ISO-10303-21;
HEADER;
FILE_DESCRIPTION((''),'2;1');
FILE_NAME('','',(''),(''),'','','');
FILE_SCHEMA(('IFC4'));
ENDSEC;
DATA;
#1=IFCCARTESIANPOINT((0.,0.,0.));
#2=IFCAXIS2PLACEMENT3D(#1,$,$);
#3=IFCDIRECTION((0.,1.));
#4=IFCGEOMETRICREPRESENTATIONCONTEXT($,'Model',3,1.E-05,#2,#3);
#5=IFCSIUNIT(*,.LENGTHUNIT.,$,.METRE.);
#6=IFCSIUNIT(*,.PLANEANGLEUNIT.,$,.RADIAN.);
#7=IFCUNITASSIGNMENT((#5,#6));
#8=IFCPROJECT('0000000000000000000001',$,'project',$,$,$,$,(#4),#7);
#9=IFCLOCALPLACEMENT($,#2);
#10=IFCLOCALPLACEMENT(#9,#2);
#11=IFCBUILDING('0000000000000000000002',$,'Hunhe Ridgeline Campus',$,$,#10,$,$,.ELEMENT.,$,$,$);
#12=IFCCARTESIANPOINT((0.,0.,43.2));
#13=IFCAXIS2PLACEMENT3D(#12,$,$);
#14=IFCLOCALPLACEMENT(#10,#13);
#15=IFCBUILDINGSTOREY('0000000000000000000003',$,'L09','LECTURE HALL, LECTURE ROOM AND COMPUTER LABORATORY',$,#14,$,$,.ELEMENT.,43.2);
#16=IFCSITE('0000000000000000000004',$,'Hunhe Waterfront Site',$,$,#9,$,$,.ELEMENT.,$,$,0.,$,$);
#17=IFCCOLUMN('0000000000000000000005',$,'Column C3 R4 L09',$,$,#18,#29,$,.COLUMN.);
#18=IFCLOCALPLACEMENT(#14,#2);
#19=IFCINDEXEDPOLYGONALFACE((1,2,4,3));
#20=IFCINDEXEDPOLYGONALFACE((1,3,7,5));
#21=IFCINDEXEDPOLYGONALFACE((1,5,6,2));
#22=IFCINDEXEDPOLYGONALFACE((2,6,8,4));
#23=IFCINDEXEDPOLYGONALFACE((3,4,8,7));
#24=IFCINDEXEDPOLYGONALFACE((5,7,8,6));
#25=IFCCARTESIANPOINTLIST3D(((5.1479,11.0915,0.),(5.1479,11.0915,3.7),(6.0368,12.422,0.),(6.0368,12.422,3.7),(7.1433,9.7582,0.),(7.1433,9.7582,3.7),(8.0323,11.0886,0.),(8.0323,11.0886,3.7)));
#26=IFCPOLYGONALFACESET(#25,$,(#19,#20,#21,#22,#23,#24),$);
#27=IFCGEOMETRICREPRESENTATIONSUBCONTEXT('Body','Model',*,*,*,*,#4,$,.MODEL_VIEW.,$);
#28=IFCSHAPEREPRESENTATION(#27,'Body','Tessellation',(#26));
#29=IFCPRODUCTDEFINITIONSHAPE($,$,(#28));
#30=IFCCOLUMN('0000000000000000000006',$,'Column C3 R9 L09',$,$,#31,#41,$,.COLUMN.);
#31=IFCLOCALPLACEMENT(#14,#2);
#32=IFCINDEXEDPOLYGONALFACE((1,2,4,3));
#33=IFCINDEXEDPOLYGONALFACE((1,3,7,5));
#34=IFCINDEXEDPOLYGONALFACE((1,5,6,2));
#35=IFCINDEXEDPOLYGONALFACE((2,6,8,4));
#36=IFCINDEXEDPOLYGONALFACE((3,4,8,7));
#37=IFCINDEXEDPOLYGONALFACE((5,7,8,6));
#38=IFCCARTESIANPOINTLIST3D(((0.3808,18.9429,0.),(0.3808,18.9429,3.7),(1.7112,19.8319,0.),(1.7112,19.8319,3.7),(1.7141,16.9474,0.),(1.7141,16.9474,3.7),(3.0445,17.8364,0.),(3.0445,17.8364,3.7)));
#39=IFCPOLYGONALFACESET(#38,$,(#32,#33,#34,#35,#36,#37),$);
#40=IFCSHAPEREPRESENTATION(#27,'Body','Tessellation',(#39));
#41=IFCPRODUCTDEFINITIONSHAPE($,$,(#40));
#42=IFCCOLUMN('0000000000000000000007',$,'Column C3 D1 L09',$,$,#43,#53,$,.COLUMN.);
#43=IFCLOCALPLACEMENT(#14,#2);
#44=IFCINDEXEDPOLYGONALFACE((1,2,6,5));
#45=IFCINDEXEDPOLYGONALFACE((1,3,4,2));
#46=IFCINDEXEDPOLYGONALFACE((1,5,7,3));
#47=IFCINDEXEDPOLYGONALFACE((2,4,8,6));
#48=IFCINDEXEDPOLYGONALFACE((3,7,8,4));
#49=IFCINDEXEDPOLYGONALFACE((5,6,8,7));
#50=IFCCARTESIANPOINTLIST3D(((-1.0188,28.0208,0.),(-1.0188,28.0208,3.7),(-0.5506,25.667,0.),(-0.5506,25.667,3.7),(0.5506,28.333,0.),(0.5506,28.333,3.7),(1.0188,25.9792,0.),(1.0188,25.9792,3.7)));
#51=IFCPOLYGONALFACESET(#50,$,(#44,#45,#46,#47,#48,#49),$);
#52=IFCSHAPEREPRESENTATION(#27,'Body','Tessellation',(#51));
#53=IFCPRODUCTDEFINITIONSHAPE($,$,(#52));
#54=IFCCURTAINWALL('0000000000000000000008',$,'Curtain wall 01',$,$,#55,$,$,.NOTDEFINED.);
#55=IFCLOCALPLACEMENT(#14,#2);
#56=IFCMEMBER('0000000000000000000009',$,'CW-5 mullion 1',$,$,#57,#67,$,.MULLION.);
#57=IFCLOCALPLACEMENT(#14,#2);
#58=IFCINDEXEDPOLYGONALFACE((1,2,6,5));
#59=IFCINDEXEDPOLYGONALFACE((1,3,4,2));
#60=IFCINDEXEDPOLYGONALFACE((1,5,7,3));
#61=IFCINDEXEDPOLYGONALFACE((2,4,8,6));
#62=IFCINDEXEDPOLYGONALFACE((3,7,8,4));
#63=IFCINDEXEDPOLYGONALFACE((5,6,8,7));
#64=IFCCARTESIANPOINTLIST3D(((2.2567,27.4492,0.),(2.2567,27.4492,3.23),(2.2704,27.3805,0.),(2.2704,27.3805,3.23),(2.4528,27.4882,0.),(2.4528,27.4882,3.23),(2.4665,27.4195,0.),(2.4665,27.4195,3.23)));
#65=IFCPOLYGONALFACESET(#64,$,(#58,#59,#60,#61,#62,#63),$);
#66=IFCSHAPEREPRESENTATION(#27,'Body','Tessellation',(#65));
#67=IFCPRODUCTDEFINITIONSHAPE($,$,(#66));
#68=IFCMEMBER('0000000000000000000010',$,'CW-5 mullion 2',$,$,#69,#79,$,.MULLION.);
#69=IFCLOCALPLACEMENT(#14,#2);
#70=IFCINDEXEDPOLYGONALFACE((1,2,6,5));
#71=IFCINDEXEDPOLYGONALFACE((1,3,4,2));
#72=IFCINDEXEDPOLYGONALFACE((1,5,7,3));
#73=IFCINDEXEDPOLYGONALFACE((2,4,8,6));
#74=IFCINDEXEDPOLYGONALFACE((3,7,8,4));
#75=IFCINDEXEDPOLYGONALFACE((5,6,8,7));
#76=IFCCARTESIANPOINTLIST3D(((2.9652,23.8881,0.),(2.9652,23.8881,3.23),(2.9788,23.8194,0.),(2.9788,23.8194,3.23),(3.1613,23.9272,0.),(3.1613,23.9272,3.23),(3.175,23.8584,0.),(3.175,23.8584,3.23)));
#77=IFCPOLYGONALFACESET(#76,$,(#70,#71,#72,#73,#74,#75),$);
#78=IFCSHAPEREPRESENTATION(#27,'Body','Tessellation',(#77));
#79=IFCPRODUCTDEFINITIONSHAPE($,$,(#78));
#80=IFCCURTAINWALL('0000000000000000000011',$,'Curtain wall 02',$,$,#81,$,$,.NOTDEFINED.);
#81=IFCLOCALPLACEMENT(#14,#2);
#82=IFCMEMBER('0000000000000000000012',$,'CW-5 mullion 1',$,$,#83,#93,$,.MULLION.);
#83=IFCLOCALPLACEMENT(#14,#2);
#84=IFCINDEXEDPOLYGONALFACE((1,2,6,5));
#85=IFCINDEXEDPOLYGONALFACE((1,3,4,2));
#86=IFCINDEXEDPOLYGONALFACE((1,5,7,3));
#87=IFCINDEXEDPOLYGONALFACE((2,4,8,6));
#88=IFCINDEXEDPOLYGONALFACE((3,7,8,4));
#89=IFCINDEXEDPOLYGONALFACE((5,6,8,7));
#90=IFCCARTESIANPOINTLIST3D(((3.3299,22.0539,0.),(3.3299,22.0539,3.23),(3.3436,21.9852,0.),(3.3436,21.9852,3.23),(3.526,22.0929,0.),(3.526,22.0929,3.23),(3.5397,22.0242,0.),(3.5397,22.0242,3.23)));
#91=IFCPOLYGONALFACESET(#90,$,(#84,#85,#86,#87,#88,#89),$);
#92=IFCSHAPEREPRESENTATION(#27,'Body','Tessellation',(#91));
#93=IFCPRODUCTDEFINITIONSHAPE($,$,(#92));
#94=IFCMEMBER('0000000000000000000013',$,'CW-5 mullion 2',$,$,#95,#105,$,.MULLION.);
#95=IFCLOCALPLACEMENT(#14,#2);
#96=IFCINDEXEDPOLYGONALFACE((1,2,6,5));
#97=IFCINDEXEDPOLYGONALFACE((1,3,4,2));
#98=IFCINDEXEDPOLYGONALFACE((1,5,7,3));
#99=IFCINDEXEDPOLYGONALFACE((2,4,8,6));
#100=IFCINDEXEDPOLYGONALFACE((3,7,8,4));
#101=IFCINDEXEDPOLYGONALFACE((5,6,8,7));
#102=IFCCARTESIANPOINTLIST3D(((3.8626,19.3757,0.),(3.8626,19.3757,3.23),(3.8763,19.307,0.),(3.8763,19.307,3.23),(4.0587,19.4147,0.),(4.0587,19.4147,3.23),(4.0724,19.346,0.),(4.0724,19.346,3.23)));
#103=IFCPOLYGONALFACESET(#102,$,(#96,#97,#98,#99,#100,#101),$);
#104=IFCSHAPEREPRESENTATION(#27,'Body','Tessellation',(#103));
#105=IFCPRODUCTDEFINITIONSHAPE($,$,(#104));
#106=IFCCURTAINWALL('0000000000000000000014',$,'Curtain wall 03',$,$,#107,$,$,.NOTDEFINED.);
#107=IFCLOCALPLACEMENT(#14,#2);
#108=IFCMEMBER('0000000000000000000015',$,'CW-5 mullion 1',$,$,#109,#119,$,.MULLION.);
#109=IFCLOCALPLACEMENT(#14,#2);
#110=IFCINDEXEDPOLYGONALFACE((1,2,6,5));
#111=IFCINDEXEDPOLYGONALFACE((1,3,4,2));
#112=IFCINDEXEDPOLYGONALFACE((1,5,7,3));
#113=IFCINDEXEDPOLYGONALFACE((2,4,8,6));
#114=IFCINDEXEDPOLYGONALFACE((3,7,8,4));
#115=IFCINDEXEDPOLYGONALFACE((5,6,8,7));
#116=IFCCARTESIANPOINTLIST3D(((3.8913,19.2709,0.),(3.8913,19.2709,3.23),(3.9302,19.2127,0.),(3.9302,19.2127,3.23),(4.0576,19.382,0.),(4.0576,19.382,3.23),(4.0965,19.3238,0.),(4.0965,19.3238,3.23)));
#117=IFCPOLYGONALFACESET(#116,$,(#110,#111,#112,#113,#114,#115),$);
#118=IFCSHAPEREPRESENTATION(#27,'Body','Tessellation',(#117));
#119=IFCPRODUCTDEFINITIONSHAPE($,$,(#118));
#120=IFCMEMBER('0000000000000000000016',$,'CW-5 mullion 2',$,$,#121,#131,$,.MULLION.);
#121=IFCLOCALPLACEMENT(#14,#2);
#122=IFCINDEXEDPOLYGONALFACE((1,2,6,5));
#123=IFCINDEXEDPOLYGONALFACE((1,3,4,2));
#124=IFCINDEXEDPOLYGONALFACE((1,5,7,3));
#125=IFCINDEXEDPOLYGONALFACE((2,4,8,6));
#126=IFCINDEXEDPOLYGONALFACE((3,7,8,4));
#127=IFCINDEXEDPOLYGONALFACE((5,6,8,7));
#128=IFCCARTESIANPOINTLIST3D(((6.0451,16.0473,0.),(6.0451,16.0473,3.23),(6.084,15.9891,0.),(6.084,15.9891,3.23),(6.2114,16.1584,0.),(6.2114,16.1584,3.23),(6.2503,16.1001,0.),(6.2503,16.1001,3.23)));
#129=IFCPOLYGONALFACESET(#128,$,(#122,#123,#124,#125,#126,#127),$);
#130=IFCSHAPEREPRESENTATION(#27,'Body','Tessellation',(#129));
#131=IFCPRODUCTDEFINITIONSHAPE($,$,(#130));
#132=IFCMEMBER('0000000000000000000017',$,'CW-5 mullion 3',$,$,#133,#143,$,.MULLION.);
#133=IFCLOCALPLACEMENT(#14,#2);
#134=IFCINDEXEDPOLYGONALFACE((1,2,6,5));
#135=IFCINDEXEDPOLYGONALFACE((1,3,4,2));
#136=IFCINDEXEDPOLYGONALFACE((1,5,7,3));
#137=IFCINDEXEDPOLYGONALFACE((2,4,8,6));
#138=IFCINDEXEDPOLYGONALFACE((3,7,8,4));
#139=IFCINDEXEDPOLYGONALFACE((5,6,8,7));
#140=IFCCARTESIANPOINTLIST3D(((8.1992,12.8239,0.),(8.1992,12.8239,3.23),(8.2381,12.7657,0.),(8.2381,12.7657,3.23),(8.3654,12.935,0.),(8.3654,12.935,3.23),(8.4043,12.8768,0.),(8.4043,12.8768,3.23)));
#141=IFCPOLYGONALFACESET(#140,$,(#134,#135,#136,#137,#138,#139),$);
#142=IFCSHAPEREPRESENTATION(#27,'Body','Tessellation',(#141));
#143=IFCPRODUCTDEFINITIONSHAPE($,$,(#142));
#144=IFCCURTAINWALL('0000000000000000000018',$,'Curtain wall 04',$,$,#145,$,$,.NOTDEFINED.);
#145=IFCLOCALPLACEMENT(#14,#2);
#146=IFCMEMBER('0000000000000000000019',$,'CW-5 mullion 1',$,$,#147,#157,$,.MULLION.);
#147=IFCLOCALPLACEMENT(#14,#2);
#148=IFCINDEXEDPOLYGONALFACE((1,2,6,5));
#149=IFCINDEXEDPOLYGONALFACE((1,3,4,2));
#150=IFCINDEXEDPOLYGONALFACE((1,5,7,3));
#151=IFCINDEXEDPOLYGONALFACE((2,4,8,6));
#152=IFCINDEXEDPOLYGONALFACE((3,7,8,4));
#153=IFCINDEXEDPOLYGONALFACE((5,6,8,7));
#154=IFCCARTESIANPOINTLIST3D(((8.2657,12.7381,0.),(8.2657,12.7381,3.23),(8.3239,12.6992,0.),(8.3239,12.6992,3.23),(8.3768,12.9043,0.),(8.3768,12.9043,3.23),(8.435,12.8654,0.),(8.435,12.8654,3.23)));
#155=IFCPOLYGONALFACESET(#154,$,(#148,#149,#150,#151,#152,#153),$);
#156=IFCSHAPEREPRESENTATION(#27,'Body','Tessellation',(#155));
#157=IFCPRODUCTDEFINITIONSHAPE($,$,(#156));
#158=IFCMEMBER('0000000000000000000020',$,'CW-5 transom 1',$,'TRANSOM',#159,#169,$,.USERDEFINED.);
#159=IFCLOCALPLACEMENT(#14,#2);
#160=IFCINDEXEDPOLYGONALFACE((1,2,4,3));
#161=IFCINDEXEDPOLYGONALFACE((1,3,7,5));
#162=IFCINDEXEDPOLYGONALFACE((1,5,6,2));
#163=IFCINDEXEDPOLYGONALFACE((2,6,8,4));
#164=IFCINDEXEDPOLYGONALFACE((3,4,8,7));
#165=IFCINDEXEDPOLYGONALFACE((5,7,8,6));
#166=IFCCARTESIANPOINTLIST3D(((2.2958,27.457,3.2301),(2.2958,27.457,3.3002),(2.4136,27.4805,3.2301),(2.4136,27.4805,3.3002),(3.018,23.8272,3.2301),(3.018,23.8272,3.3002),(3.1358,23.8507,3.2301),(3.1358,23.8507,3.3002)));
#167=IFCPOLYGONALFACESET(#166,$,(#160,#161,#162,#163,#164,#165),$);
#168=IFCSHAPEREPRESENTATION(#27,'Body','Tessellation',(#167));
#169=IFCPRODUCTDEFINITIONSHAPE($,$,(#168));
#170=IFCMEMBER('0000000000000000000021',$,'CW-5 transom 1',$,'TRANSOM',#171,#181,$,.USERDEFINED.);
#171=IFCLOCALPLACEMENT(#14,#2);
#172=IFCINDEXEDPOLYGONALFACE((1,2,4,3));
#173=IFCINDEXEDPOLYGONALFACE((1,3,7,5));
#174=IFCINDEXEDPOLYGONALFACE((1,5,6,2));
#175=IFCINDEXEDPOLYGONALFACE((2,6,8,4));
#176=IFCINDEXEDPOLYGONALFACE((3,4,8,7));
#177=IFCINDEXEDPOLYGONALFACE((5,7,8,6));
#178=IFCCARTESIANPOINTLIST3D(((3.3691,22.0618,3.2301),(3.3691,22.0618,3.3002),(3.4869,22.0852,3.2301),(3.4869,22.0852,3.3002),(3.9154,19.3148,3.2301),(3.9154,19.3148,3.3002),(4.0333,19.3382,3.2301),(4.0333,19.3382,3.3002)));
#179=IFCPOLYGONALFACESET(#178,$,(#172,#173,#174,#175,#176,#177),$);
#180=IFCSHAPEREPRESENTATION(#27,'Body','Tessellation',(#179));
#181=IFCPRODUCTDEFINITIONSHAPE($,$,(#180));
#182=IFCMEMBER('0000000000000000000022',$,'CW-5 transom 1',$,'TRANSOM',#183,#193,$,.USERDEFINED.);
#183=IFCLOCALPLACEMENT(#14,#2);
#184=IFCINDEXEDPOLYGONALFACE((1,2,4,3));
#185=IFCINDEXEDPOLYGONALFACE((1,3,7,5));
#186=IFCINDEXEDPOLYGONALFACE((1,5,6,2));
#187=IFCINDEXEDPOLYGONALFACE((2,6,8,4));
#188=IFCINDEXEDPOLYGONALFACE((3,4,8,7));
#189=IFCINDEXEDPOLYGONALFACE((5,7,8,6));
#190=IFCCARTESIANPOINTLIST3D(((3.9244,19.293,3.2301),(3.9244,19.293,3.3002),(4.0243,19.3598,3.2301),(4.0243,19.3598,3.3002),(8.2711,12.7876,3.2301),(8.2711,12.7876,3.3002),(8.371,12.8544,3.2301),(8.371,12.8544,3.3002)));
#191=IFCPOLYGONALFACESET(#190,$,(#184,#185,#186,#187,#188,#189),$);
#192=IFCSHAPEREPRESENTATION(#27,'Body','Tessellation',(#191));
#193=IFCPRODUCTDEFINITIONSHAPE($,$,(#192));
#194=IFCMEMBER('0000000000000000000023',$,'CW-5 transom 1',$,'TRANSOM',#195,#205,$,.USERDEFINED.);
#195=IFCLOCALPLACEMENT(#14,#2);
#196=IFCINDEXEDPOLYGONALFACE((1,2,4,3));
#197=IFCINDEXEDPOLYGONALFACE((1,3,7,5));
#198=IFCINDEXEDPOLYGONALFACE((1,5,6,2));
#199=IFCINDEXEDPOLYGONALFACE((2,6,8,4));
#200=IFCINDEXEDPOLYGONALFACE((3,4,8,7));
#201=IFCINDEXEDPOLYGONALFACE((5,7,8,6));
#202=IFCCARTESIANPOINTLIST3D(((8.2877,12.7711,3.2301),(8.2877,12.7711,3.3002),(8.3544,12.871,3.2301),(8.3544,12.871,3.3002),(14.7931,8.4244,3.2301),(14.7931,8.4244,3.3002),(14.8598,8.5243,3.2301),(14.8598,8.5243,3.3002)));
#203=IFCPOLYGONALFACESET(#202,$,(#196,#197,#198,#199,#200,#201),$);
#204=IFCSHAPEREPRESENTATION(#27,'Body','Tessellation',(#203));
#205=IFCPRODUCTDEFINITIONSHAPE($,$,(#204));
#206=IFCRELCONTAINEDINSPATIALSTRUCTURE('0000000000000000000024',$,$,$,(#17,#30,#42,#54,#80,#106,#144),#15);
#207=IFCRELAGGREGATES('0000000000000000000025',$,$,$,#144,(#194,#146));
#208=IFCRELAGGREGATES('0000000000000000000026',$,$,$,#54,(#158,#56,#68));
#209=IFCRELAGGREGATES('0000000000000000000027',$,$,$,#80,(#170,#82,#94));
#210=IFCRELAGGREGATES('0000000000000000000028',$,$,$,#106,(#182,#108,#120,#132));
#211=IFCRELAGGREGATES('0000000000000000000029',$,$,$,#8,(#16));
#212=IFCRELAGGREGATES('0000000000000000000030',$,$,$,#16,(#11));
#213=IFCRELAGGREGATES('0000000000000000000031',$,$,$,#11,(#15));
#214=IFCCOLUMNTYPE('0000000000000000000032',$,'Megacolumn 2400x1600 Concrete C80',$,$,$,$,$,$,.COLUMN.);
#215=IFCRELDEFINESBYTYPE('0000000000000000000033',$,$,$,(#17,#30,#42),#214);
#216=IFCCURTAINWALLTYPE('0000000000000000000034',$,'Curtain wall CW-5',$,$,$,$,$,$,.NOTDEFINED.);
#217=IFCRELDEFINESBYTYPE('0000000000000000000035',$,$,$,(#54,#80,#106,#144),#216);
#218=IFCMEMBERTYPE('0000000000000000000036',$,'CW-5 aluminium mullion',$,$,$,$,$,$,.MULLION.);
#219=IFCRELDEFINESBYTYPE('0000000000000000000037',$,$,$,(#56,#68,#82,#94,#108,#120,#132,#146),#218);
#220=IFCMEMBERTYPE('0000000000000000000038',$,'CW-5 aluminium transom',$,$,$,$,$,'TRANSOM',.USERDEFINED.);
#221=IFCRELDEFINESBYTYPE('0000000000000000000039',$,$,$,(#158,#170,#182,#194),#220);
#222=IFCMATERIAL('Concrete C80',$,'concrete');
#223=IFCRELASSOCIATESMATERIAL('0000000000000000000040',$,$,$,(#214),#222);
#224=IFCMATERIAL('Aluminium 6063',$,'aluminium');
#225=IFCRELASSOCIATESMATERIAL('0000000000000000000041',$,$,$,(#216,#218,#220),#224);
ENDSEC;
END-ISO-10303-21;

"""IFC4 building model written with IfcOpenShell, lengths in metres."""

from ifc_helpers import new_model, si_unit, direction, frame, origin, origin_2d, place, context, subcontext, project, spatial, rectangle, extrude, material, material_profile, profile_set, type_object, element, aggregate, save


model = new_model("IFC4")

# Units and contexts
model_context = context("Model", 3, precision=1e-05, world=origin(), true_north=direction((0.0, 1.0)))
body_context = subcontext(model_context, "Body", "Model", "MODEL_VIEW")
ifc_project = project(units=[si_unit("LENGTHUNIT", "METRE"), si_unit("PLANEANGLEUNIT", "RADIAN")], contexts=[model_context])

# Site, building, storey
site_placement = place(None, origin())
site = spatial("IfcSite", under=ifc_project, at=site_placement, Name="Hunhe Waterfront Site", CompositionType="ELEMENT", RefElevation=0.0)
building_placement = place(site_placement, origin())
building = spatial("IfcBuilding", under=site, at=building_placement, Name="Hunhe Ridgeline Campus", CompositionType="ELEMENT")
storey_placement = place(building_placement, frame((0.0, 0.0, 43.2)))
storey = spatial("IfcBuildingStorey", under=building, at=storey_placement, Name="L09", Description="LECTURE HALL, LECTURE ROOM AND COMPUTER LABORATORY", CompositionType="ELEMENT", Elevation=43.2)

# Columns
ifc_material_1 = material(Name="Concrete C80", Category="concrete")
ifc_material_profile_1 = material_profile(ifc_material_1, rectangle(XDim=2.3999, YDim=1.6001, at=origin_2d()))
ifc_profile_set_1 = profile_set([ifc_material_profile_1], Name="Concrete C80")
column_type = type_object("IfcColumnType", Name="Megacolumn 2400x1600 Concrete C80", PredefinedType="COLUMN", material=ifc_profile_set_1)
for number, where, z_axis, x_axis, name in (
    (1, (6.5901, 11.0901, 0.0), (0.0, 0.0, 1.0), (-0.83147, 0.55557, 0.0), "Column C3 R4 L09"),
    (2, (1.7126, 18.3896, 0.0), (0.0, 0.0, 1.0), (-0.55557, 0.83147, 0.0), "Column C3 R9 L09"),
    (3, (0.0, 27.0, 0.0), (0.0, 0.0, 1.0), (-0.19509, 0.980785, 0.0), "Column C3 D1 L09"),
):
    element("IfcColumn", number, at=place(storey_placement, frame(where, z_axis=z_axis, x_axis=x_axis)), inside=storey, type_object=column_type, Name=name, PredefinedType="COLUMN", context=body_context, shape_type="SweptSolid", body=[
        extrude(rectangle(XDim=2.3999, YDim=1.6001, at=origin_2d()), origin(), (0.0, 0.0, 1.0), 3.7),
    ])

# Curtain walls, members
ifc_material_2 = material(Name="Aluminium 6063", Category="aluminium")
curtain_wall_type = type_object("IfcCurtainWallType", Name="Curtain wall CW-5", PredefinedType="NOTDEFINED", material=ifc_material_2)
curtain_wall_1_placement = place(storey_placement, origin())
curtain_wall_1 = element("IfcCurtainWall", 4, at=curtain_wall_1_placement, inside=storey, type_object=curtain_wall_type, Name="Curtain wall 01", PredefinedType="NOTDEFINED")
ifc_material_profile_2 = material_profile(ifc_material_2, rectangle(XDim=0.2, YDim=0.0701, at=origin_2d()))
ifc_profile_set_2 = profile_set([ifc_material_profile_2], Name="Aluminium 6063")
member_type_1 = type_object("IfcMemberType", Name="CW-5 aluminium mullion", PredefinedType="MULLION", material=ifc_profile_set_2)
member_1_placement = place(storey_placement, frame((2.3616, 27.4343, 0.0), z_axis=(0.0, 0.0, 1.0), x_axis=(0.980784, 0.195095, 0.0)))
member_1 = element("IfcMember", 5, at=member_1_placement, type_object=member_type_1, Name="CW-5 mullion 1", PredefinedType="MULLION", context=body_context, shape_type="SweptSolid", body=[
    extrude(rectangle(XDim=0.2, YDim=0.0701, at=origin_2d()), origin(), (0.0, 0.0, 1.0), 3.23),
])
member_2_placement = place(storey_placement, frame((3.0701, 23.8733, 0.0), z_axis=(0.0, 0.0, 1.0), x_axis=(0.980784, 0.195095, 0.0)))
member_2 = element("IfcMember", 6, at=member_2_placement, type_object=member_type_1, Name="CW-5 mullion 2", PredefinedType="MULLION", context=body_context, shape_type="SweptSolid", body=[
    extrude(rectangle(XDim=0.2, YDim=0.0701, at=origin_2d()), origin(), (0.0, 0.0, 1.0), 3.23),
])
curtain_wall_2_placement = place(storey_placement, origin())
curtain_wall_2 = element("IfcCurtainWall", 7, at=curtain_wall_2_placement, inside=storey, type_object=curtain_wall_type, Name="Curtain wall 02", PredefinedType="NOTDEFINED")
member_3_placement = place(storey_placement, frame((3.4348, 22.0391, 0.0), z_axis=(0.0, 0.0, 1.0), x_axis=(0.980784, 0.195095, 0.0)))
member_3 = element("IfcMember", 8, at=member_3_placement, type_object=member_type_1, Name="CW-5 mullion 1", PredefinedType="MULLION", context=body_context, shape_type="SweptSolid", body=[
    extrude(rectangle(XDim=0.2, YDim=0.0701, at=origin_2d()), origin(), (0.0, 0.0, 1.0), 3.23),
])
member_4_placement = place(storey_placement, frame((3.9675, 19.3608, 0.0), z_axis=(0.0, 0.0, 1.0), x_axis=(0.980784, 0.195095, 0.0)))
member_4 = element("IfcMember", 9, at=member_4_placement, type_object=member_type_1, Name="CW-5 mullion 2", PredefinedType="MULLION", context=body_context, shape_type="SweptSolid", body=[
    extrude(rectangle(XDim=0.2, YDim=0.0701, at=origin_2d()), origin(), (0.0, 0.0, 1.0), 3.23),
])
curtain_wall_3_placement = place(storey_placement, origin())
curtain_wall_3 = element("IfcCurtainWall", 10, at=curtain_wall_3_placement, inside=storey, type_object=curtain_wall_type, Name="Curtain wall 03", PredefinedType="NOTDEFINED")
member_5_placement = place(storey_placement, frame((3.9939, 19.2974, 0.0), z_axis=(0.0, 0.0, 1.0), x_axis=(0.83147, 0.55557, 0.0)))
member_5 = element("IfcMember", 11, at=member_5_placement, type_object=member_type_1, Name="CW-5 mullion 1", PredefinedType="MULLION", context=body_context, shape_type="SweptSolid", body=[
    extrude(rectangle(XDim=0.2, YDim=0.0701, at=origin_2d()), origin(), (0.0, 0.0, 1.0), 3.23),
])
member_6_placement = place(storey_placement, frame((6.1477, 16.0737, 0.0), z_axis=(0.0, 0.0, 1.0), x_axis=(0.83147, 0.55557, 0.0)))
member_6 = element("IfcMember", 12, at=member_6_placement, type_object=member_type_1, Name="CW-5 mullion 2", PredefinedType="MULLION", context=body_context, shape_type="SweptSolid", body=[
    extrude(rectangle(XDim=0.2, YDim=0.0701, at=origin_2d()), origin(), (0.0, 0.0, 1.0), 3.23),
])
member_7_placement = place(storey_placement, frame((8.3018, 12.8503, 0.0), z_axis=(0.0, 0.0, 1.0), x_axis=(0.83147, 0.55557, 0.0)))
member_7 = element("IfcMember", 13, at=member_7_placement, type_object=member_type_1, Name="CW-5 mullion 3", PredefinedType="MULLION", context=body_context, shape_type="SweptSolid", body=[
    extrude(rectangle(XDim=0.2, YDim=0.0701, at=origin_2d()), origin(), (0.0, 0.0, 1.0), 3.23),
])

# Curtain wall, member
curtain_wall_4_placement = place(storey_placement, origin())
curtain_wall_4 = element("IfcCurtainWall", 14, at=curtain_wall_4_placement, inside=storey, type_object=curtain_wall_type, Name="Curtain wall 04", PredefinedType="NOTDEFINED")
member_8_placement = place(storey_placement, frame((8.3503, 12.8018, 0.0), z_axis=(0.0, 0.0, 1.0), x_axis=(0.55557, 0.83147, 0.0)))
member_8 = element("IfcMember", 15, at=member_8_placement, type_object=member_type_1, Name="CW-5 mullion 1", PredefinedType="MULLION", context=body_context, shape_type="SweptSolid", body=[
    extrude(rectangle(XDim=0.2, YDim=0.0701, at=origin_2d()), origin(), (0.0, 0.0, 1.0), 3.23),
])

# Members
ifc_material_profile_3 = material_profile(ifc_material_2, rectangle(XDim=0.1201, YDim=0.0701, at=origin_2d()))
ifc_profile_set_3 = profile_set([ifc_material_profile_3], Name="Aluminium 6063")
member_type_2 = type_object("IfcMemberType", Name="CW-5 aluminium transom", ElementType="TRANSOM", PredefinedType="USERDEFINED", material=ifc_profile_set_3)
member_9_placement = place(storey_placement, frame((2.3547, 27.4688, 3.2651), z_axis=(0.195127, -0.980778, 0.0), x_axis=(0.980778, 0.195127, 0.0)))
member_9 = element("IfcMember", 16, at=member_9_placement, type_object=member_type_2, Name="CW-5 transom 1", ObjectType="TRANSOM", PredefinedType="USERDEFINED", context=body_context, shape_type="SweptSolid", body=[
    extrude(rectangle(XDim=0.1201, YDim=0.0701, at=origin_2d()), origin(), (0.0, 0.0, 1.0), 3.7009),
])
member_10_placement = place(storey_placement, frame((3.428, 22.0735, 3.2651), z_axis=(0.195077, -0.980788, 0.0), x_axis=(0.980788, 0.195077, 0.0)))
member_10 = element("IfcMember", 17, at=member_10_placement, type_object=member_type_2, Name="CW-5 transom 1", ObjectType="TRANSOM", PredefinedType="USERDEFINED", context=body_context, shape_type="SweptSolid", body=[
    extrude(rectangle(XDim=0.1201, YDim=0.0701, at=origin_2d()), origin(), (0.0, 0.0, 1.0), 2.8008),
])
member_11_placement = place(storey_placement, frame((3.9744, 19.3264, 3.2651), z_axis=(0.555564, -0.831474, 0.0), x_axis=(0.831474, 0.555564, 0.0)))
member_11 = element("IfcMember", 18, at=member_11_placement, type_object=member_type_2, Name="CW-5 transom 1", ObjectType="TRANSOM", PredefinedType="USERDEFINED", context=body_context, shape_type="SweptSolid", body=[
    extrude(rectangle(XDim=0.1201, YDim=0.0701, at=origin_2d()), origin(), (0.0, 0.0, 1.0), 7.824),
])
member_12_placement = place(storey_placement, frame((8.321, 12.821, 3.2651), z_axis=(0.831474, -0.555564, 0.0), x_axis=(0.555564, 0.831474, 0.0)))
member_12 = element("IfcMember", 19, at=member_12_placement, type_object=member_type_2, Name="CW-5 transom 1", ObjectType="TRANSOM", PredefinedType="USERDEFINED", context=body_context, shape_type="SweptSolid", body=[
    extrude(rectangle(XDim=0.1201, YDim=0.0701, at=origin_2d()), origin(), (0.0, 0.0, 1.0), 7.824),
])
aggregate(curtain_wall_4, [member_12, member_8])

aggregate(curtain_wall_1, [member_9, member_1, member_2])
aggregate(curtain_wall_2, [member_10, member_3, member_4])
aggregate(curtain_wall_3, [member_11, member_5, member_6, member_7])

save(model, "model.ifc")
